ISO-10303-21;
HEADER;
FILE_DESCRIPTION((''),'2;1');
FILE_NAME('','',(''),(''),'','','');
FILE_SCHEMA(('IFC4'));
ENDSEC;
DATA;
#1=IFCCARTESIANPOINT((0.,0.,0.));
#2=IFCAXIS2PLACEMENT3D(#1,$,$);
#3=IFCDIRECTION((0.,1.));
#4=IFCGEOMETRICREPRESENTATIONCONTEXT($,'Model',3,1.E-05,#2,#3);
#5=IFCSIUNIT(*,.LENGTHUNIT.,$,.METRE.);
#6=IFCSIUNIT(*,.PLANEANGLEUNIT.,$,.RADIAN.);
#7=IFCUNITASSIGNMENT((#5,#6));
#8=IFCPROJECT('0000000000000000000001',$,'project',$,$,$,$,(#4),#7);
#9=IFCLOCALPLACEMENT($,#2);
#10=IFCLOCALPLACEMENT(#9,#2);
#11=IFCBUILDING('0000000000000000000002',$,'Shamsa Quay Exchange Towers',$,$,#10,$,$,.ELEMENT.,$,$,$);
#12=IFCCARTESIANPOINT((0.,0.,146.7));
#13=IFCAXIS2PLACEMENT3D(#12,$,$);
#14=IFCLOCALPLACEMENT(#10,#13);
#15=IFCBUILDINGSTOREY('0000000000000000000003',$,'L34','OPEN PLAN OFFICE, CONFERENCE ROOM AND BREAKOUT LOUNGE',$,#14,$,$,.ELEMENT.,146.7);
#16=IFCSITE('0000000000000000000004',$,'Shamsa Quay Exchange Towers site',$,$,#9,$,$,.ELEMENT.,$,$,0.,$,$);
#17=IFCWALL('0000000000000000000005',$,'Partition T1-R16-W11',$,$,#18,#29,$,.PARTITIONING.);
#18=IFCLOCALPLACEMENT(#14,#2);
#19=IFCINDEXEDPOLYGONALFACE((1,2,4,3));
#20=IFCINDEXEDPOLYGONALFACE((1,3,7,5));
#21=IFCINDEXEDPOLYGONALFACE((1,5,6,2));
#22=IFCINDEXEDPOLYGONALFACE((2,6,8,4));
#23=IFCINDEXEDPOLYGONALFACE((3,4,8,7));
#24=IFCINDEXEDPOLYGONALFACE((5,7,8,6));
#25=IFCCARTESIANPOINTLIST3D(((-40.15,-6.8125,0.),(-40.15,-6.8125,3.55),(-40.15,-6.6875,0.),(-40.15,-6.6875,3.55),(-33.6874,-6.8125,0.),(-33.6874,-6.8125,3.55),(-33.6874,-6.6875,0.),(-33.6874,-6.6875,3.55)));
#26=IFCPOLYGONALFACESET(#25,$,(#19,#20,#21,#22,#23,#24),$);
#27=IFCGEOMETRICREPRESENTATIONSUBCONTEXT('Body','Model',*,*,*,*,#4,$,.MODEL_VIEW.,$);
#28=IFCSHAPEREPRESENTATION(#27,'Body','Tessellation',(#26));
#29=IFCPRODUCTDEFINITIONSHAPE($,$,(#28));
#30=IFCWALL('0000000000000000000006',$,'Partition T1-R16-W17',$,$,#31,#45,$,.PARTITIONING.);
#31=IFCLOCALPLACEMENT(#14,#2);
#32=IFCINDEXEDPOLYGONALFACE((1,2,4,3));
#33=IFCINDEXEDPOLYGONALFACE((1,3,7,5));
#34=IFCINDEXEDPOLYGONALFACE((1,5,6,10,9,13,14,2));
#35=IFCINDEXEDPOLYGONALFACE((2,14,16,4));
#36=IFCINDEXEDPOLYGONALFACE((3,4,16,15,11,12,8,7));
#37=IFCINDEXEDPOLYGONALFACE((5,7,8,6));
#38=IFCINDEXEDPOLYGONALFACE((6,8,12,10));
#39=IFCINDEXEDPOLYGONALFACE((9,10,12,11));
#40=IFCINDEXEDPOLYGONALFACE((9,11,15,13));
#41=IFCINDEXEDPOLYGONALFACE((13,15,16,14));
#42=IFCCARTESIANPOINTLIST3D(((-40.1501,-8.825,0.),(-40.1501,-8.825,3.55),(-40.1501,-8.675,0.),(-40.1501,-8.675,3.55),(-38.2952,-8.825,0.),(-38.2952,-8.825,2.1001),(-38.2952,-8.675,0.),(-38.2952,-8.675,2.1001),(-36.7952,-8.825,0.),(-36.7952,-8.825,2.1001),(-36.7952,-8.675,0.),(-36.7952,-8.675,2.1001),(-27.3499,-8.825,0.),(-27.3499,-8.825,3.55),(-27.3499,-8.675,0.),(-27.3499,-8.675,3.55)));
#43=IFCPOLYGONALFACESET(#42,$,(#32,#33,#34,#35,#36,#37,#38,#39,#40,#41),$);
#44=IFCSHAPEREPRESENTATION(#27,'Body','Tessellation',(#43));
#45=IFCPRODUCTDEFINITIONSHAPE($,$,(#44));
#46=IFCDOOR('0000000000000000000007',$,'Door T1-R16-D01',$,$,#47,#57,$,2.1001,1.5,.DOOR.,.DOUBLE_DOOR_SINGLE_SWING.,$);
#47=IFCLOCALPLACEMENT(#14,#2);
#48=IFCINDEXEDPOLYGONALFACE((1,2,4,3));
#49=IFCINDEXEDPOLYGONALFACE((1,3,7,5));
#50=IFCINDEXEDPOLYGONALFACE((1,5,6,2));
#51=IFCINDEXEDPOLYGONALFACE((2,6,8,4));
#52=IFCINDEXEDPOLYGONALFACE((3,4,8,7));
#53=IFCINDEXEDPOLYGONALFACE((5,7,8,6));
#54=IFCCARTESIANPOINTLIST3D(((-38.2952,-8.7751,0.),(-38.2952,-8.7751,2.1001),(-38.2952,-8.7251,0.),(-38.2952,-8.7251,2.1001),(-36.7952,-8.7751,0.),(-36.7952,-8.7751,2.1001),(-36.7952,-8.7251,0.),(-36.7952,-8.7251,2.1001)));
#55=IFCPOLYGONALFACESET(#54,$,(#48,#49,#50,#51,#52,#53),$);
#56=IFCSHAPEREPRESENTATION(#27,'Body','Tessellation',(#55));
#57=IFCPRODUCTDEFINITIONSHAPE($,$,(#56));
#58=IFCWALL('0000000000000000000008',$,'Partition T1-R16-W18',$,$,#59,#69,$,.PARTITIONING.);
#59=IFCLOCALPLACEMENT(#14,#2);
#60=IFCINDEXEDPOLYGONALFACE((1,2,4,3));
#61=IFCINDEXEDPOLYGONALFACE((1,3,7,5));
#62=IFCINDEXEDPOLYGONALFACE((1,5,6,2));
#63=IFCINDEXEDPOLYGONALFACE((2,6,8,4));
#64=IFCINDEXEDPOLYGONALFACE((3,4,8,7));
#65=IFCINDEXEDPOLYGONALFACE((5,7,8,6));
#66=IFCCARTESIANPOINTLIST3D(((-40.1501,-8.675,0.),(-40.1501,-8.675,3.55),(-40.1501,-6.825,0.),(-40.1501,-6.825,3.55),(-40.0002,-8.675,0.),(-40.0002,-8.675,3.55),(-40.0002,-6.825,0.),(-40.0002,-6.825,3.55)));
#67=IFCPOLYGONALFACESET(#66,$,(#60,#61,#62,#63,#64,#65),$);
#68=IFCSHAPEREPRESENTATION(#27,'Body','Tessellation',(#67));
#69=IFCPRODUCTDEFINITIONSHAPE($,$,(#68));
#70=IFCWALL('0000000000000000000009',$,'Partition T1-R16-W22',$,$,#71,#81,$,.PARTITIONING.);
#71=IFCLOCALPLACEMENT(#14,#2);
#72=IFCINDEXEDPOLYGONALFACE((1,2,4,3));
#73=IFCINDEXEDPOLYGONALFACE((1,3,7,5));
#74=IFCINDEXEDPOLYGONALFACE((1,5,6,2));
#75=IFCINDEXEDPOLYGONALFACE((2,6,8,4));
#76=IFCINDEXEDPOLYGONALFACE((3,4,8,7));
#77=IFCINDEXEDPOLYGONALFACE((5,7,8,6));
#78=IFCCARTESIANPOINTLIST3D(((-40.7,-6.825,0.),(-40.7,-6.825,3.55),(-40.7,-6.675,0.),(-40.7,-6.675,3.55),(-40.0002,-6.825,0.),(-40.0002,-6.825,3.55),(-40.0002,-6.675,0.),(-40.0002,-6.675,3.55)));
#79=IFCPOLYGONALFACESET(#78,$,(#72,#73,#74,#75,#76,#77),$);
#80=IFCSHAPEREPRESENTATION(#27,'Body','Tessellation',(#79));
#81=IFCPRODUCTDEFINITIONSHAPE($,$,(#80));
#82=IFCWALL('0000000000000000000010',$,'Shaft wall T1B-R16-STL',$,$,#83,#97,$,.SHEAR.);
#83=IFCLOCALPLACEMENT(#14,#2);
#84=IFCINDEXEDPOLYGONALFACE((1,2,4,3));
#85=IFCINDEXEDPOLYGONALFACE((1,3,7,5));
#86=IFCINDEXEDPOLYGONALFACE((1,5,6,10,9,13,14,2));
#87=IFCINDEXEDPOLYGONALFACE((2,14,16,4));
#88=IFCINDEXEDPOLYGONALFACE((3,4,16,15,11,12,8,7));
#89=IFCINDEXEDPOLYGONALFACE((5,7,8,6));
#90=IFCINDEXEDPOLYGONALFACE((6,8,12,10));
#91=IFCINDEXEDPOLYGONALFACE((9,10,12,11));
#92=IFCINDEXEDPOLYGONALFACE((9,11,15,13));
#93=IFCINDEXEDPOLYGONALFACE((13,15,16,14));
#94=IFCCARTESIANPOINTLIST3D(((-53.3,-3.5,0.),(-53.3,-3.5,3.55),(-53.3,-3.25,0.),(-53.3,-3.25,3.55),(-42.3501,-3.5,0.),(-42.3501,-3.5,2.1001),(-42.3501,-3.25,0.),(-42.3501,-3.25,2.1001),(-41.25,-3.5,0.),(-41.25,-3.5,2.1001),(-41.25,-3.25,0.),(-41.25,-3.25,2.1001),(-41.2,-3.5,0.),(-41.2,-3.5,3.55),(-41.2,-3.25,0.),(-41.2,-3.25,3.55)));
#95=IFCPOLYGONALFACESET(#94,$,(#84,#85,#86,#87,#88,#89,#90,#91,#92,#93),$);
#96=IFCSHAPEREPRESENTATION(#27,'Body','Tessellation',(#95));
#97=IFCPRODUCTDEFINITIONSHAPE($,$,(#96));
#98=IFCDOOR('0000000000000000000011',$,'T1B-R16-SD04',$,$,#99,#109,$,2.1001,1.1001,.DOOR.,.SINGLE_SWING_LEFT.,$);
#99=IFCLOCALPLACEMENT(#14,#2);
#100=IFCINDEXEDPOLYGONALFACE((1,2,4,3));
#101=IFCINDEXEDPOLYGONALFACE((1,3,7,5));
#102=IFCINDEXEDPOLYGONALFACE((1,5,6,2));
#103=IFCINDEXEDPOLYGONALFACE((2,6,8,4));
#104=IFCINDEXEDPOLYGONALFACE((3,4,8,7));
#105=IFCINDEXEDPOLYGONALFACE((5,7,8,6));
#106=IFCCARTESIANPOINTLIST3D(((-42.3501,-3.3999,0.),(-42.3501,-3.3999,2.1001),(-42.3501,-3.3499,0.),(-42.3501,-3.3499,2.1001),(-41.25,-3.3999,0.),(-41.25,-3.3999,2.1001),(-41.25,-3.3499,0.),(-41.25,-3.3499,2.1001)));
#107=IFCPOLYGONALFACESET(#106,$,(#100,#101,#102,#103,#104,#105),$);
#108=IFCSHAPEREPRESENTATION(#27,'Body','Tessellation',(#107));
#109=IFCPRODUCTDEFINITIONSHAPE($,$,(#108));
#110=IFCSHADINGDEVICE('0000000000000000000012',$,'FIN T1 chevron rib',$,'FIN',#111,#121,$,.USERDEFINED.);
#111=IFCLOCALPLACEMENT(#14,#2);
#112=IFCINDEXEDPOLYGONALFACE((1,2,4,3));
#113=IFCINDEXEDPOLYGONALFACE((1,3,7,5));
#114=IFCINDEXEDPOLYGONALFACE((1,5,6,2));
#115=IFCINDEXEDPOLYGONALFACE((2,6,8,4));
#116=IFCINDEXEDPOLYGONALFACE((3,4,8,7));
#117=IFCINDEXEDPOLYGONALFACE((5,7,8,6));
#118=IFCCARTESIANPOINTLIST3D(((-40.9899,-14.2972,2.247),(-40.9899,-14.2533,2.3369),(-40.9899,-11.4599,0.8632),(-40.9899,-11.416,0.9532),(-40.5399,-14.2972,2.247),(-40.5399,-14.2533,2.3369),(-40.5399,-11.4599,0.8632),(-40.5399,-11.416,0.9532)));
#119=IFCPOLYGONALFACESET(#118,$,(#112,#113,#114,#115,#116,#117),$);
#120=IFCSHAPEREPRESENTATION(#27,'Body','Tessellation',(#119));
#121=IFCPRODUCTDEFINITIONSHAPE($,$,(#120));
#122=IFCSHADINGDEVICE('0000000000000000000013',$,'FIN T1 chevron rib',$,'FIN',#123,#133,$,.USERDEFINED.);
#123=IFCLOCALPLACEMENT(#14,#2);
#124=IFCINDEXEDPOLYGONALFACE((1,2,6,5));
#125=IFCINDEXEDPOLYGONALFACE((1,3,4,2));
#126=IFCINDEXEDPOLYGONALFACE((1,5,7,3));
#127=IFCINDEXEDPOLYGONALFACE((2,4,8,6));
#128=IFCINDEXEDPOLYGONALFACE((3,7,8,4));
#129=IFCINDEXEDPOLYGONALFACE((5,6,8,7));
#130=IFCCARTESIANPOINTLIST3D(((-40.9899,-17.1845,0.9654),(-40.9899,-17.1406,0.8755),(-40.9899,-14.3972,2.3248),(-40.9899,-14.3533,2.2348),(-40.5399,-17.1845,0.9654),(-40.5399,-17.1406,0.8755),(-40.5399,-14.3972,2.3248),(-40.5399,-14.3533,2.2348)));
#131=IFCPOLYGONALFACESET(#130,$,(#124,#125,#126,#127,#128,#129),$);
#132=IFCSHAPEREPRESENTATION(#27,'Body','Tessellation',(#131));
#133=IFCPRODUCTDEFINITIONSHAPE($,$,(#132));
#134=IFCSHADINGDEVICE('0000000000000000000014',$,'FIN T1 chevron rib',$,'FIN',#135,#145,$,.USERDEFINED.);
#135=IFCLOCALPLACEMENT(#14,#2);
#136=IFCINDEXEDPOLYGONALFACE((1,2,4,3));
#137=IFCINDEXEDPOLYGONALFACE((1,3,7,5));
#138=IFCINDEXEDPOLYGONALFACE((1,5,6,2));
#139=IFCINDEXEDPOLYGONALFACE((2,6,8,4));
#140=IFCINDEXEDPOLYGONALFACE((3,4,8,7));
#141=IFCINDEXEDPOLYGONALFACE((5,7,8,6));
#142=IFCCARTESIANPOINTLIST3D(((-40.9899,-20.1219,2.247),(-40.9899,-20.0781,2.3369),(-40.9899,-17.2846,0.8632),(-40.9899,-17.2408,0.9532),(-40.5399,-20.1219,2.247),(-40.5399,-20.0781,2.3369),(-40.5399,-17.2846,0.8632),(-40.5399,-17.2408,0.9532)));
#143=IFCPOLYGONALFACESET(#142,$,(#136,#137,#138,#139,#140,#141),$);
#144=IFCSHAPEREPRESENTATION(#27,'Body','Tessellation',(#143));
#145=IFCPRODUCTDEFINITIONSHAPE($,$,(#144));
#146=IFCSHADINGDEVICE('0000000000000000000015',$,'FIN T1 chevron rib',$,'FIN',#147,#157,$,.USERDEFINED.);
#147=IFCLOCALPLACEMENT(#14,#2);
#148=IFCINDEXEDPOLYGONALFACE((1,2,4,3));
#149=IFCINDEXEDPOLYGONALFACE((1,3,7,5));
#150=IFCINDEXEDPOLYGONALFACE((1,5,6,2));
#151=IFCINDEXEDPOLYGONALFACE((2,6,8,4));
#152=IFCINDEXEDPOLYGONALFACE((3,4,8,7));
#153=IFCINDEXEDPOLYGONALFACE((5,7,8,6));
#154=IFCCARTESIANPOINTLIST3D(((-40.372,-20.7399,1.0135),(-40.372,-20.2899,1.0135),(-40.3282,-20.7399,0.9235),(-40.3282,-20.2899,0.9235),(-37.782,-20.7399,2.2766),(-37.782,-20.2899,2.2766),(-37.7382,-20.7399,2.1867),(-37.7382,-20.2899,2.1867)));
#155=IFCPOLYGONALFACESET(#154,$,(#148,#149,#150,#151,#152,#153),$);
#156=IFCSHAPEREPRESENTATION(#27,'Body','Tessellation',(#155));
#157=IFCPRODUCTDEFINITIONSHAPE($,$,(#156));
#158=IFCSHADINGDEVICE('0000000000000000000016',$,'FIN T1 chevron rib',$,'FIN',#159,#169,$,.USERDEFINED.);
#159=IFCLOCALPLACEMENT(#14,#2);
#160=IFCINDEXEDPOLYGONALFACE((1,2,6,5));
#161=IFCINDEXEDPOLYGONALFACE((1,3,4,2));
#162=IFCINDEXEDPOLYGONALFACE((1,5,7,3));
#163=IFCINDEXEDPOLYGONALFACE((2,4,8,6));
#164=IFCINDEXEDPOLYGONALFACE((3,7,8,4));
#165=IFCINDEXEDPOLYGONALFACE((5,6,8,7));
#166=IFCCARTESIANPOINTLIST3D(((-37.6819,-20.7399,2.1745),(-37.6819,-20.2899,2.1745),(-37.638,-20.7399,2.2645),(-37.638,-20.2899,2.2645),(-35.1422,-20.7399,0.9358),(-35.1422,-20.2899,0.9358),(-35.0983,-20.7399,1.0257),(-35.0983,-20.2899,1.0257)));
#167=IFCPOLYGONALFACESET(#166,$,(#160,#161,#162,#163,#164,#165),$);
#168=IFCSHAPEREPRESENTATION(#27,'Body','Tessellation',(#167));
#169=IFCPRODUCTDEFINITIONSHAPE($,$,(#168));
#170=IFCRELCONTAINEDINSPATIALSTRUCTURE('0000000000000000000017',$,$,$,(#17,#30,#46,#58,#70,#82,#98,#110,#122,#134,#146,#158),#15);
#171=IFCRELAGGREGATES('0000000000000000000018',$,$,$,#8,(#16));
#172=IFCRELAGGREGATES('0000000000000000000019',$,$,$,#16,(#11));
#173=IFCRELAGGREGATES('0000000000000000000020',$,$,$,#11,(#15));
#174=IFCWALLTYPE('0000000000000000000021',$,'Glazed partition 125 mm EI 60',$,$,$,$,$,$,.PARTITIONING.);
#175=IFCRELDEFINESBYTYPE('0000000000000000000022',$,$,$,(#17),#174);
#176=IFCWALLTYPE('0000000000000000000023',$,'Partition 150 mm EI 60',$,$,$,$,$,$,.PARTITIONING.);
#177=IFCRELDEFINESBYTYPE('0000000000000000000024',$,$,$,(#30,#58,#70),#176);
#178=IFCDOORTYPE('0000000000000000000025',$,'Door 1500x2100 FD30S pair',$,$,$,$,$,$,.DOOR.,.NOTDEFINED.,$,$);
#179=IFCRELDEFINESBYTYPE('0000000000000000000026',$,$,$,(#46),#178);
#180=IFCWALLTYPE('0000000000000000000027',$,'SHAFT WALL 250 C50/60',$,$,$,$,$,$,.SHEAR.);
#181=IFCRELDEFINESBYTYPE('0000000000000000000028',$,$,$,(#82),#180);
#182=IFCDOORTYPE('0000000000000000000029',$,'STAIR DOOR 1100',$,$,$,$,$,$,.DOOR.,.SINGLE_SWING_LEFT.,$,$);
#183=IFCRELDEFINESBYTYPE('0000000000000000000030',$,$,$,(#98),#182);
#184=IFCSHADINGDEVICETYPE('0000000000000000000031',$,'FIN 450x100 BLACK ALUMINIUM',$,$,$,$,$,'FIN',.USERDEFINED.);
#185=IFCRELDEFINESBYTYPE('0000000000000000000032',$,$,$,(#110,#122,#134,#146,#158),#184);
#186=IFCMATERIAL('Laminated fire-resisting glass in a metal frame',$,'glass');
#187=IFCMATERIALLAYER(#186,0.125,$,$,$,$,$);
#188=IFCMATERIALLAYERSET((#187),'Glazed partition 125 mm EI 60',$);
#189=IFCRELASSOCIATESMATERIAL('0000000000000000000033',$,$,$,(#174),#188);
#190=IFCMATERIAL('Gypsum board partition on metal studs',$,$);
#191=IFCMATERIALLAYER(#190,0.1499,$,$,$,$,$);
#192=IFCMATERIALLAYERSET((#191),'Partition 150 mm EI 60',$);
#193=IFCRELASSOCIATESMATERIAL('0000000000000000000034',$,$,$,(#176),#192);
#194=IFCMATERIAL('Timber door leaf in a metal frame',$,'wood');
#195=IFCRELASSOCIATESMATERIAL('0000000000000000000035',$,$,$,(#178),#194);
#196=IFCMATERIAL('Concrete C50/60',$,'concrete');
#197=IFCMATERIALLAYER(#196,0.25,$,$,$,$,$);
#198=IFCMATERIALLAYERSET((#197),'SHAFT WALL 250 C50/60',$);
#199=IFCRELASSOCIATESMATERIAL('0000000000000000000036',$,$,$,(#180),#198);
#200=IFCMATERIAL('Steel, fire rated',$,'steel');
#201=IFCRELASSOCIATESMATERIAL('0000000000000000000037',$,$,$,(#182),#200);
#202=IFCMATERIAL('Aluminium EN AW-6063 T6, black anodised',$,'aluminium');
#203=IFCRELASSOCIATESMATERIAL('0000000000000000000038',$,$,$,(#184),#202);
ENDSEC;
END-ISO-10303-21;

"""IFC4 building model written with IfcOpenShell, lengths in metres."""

from ifc_helpers import new_model, si_unit, direction, frame, frame_2d, origin, origin_2d, place, context, subcontext, project, spatial, rectangle, extrude, material, layer, layer_set, material_profile, profile_set, type_object, element, fill, save


model = new_model("IFC4")

# Units and contexts
model_context = context("Model", 3, precision=1e-05, world=origin(), true_north=direction((0.0, 1.0)))
body_context = subcontext(model_context, "Body", "Model", "MODEL_VIEW")
ifc_project = project(units=[si_unit("LENGTHUNIT", "METRE"), si_unit("PLANEANGLEUNIT", "RADIAN")], contexts=[model_context])

# Site, building, storey
site_placement = place(None, origin())
site = spatial("IfcSite", under=ifc_project, at=site_placement, Name="Shamsa Quay Exchange Towers site", CompositionType="ELEMENT", RefElevation=0.0)
building_placement = place(site_placement, origin())
building = spatial("IfcBuilding", under=site, at=building_placement, Name="Shamsa Quay Exchange Towers", CompositionType="ELEMENT")
storey_placement = place(building_placement, frame((0.0, 0.0, 146.7)))
storey = spatial("IfcBuildingStorey", under=building, at=storey_placement, Name="L34", Description="OPEN PLAN OFFICE, CONFERENCE ROOM AND BREAKOUT LOUNGE", CompositionType="ELEMENT", Elevation=146.7)

# Shared definitions
ifc_material_1 = material(Name="Aluminium EN AW-6063 T6, black anodised", Category="aluminium")

# Shared definitions
ifc_material_2 = material(Name="Steel, fire rated", Category="steel")
ifc_material_3 = material(Name="Laminated fire-resisting glass in a metal frame", Category="glass")
ifc_layer_1 = layer(ifc_material_3, 0.125)
ifc_layer_set_1 = layer_set([ifc_layer_1], Name="Glazed partition 125 mm EI 60")
wall_type_1 = type_object("IfcWallType", Name="Glazed partition 125 mm EI 60", PredefinedType="PARTITIONING", material=ifc_layer_set_1)
ifc_material_4 = material(Name="Timber door leaf in a metal frame", Category="wood")

# Wall
wall_1_placement = place(storey_placement, frame((-40.1501, -6.75, 0.0)))
element("IfcWall", 1, at=wall_1_placement, inside=storey, type_object=wall_type_1, Name="Partition T1-R16-W11", PredefinedType="PARTITIONING", context=body_context, shape_type="SweptSolid", body=[
    extrude(rectangle(XDim=6.4626, YDim=0.125, at=frame_2d((3.2314, 0.0))), origin(), (0.0, 0.0, 1.0), 3.55),
])

# Wall, opening, door
ifc_material_5 = material(Name="Gypsum board partition on metal studs")
ifc_layer_2 = layer(ifc_material_5, 0.1499)
ifc_layer_set_2 = layer_set([ifc_layer_2], Name="Partition 150 mm EI 60")
wall_type_2 = type_object("IfcWallType", Name="Partition 150 mm EI 60", PredefinedType="PARTITIONING", material=ifc_layer_set_2)
wall_2_placement = place(storey_placement, frame((-40.1501, -8.75, 0.0)))
wall_2 = element("IfcWall", 2, at=wall_2_placement, inside=storey, type_object=wall_type_2, Name="Partition T1-R16-W17", PredefinedType="PARTITIONING", context=body_context, shape_type="SweptSolid", body=[
    extrude(rectangle(XDim=12.8003, YDim=0.1499, at=frame_2d((6.4001, 0.0))), origin(), (0.0, 0.0, 1.0), 3.55),
])
opening_1_placement = place(wall_2_placement, frame((1.855, 0.0, 0.0)))
opening_1 = element("IfcOpeningElement", 3, at=opening_1_placement, cuts=wall_2, PredefinedType="OPENING", context=body_context, shape_type="SweptSolid", body=[
    extrude(rectangle(XDim=1.5, YDim=2.1001, at=frame_2d((0.75, 1.05))), frame((0.0, 0.085, 0.0), z_axis=(0.0, -1.0, 0.0), x_axis=(1.0, 0.0, 0.0)), (0.0, 0.0, 1.0), 0.1699),
])
door_type_1 = type_object("IfcDoorType", Name="Door 1500x2100 FD30S pair", OperationType="NOTDEFINED", PredefinedType="DOOR", material=ifc_material_4)
door_1_placement = place(opening_1_placement, origin())
door_1 = element("IfcDoor", 4, at=door_1_placement, inside=storey, type_object=door_type_1, Name="Door T1-R16-D01", OperationType="DOUBLE_DOOR_SINGLE_SWING", OverallHeight=2.1001, OverallWidth=1.5, PredefinedType="DOOR", context=body_context, shape_type="SweptSolid", body=[
    extrude(rectangle(XDim=1.5, YDim=2.1001, at=frame_2d((0.75, 1.05))), frame((0.0, 0.0249, 0.0), z_axis=(0.0, -1.0, 0.0), x_axis=(1.0, 0.0, 0.0)), (0.0, 0.0, 1.0), 0.05),
])
fill(opening_1, door_1)

# Walls
wall_3_placement = place(storey_placement, frame((-40.0752, -6.825, 0.0), z_axis=(0.0, 0.0, 1.0), x_axis=(0.0, -1.0, 0.0)))
element("IfcWall", 5, at=wall_3_placement, inside=storey, type_object=wall_type_2, Name="Partition T1-R16-W18", PredefinedType="PARTITIONING", context=body_context, shape_type="SweptSolid", body=[
    extrude(rectangle(XDim=1.8501, YDim=0.1499, at=frame_2d((0.925, 0.0))), origin(), (0.0, 0.0, 1.0), 3.55),
])
wall_4_placement = place(storey_placement, frame((-40.7, -6.75, 0.0)))
element("IfcWall", 6, at=wall_4_placement, inside=storey, type_object=wall_type_2, Name="Partition T1-R16-W22", PredefinedType="PARTITIONING", context=body_context, shape_type="SweptSolid", body=[
    extrude(rectangle(XDim=0.6997, YDim=0.1499, at=frame_2d((0.3499, 0.0))), origin(), (0.0, 0.0, 1.0), 3.55),
])

# Wall, opening, door
ifc_material_6 = material(Name="Concrete C50/60", Category="concrete")
ifc_layer_3 = layer(ifc_material_6, 0.25)
ifc_layer_set_3 = layer_set([ifc_layer_3], Name="SHAFT WALL 250 C50/60")
wall_type_3 = type_object("IfcWallType", Name="SHAFT WALL 250 C50/60", PredefinedType="SHEAR", material=ifc_layer_set_3)
wall_5_placement = place(storey_placement, frame((-41.2, -3.375, 0.0), z_axis=(0.0, 0.0, 1.0), x_axis=(-1.0, 0.0, 0.0)))
wall_5 = element("IfcWall", 7, at=wall_5_placement, inside=storey, type_object=wall_type_3, Name="Shaft wall T1B-R16-STL", PredefinedType="SHEAR", context=body_context, shape_type="SweptSolid", body=[
    extrude(rectangle(XDim=12.1001, YDim=0.25, at=frame_2d((6.05, 0.0))), origin(), (0.0, 0.0, 1.0), 3.55),
])
opening_2_placement = place(wall_5_placement, frame((0.05, 0.0, 0.0)))
opening_2 = element("IfcOpeningElement", 8, at=opening_2_placement, cuts=wall_5, PredefinedType="OPENING", context=body_context, shape_type="SweptSolid", body=[
    extrude(rectangle(XDim=1.1001, YDim=2.1001, at=frame_2d((0.55, 1.05))), frame((0.0, 0.135, 0.0), z_axis=(0.0, -1.0, 0.0), x_axis=(1.0, 0.0, 0.0)), (0.0, 0.0, 1.0), 0.27),
])
door_type_2 = type_object("IfcDoorType", Name="STAIR DOOR 1100", OperationType="SINGLE_SWING_LEFT", PredefinedType="DOOR", material=ifc_material_2)
door_2_placement = place(opening_2_placement, origin())
door_2 = element("IfcDoor", 9, at=door_2_placement, inside=storey, type_object=door_type_2, Name="T1B-R16-SD04", OperationType="SINGLE_SWING_LEFT", OverallHeight=2.1001, OverallWidth=1.1001, PredefinedType="DOOR", context=body_context, shape_type="SweptSolid", body=[
    extrude(rectangle(XDim=1.1001, YDim=2.1001, at=frame_2d((0.55, 1.05))), frame((0.0, 0.0249, 0.0), z_axis=(0.0, -1.0, 0.0), x_axis=(1.0, 0.0, 0.0)), (0.0, 0.0, 1.0), 0.05),
])
fill(opening_2, door_2)

# Shading devices
ifc_material_profile_1 = material_profile(ifc_material_1, rectangle(XDim=0.45, YDim=0.1001, at=origin_2d()), Name="FIN450x100")
ifc_profile_set_1 = profile_set([ifc_material_profile_1], Name="Aluminium EN AW-6063 T6, black anodised")
shading_device_type = type_object("IfcShadingDeviceType", Name="FIN 450x100 BLACK ALUMINIUM", ElementType="FIN", PredefinedType="USERDEFINED", material=ifc_profile_set_1)
shading_device_1_placement = place(storey_placement, frame((-40.7649, -11.438, 0.9082), z_axis=(0.0, -0.898807, 0.438344), x_axis=(1.0, 0.0, 0.0)))
element("IfcShadingDevice", 10, at=shading_device_1_placement, inside=storey, type_object=shading_device_type, Name="FIN T1 chevron rib", ObjectType="FIN", PredefinedType="USERDEFINED", context=body_context, shape_type="SweptSolid", body=[
    extrude(rectangle(XDim=0.45, YDim=0.1001, at=origin_2d()), origin(), (0.0, 0.0, 1.0), 3.1567),
])
shading_device_2_placement = place(storey_placement, frame((-40.7649, -14.3752, 2.2798), z_axis=(0.0, -0.898808, -0.438343), x_axis=(1.0, 0.0, 0.0)))
element("IfcShadingDevice", 11, at=shading_device_2_placement, inside=storey, type_object=shading_device_type, Name="FIN T1 chevron rib", ObjectType="FIN", PredefinedType="USERDEFINED", context=body_context, shape_type="SweptSolid", body=[
    extrude(rectangle(XDim=0.45, YDim=0.1001, at=origin_2d()), origin(), (0.0, 0.0, 1.0), 3.1011),
])
shading_device_3_placement = place(storey_placement, frame((-40.7649, -17.2627, 0.9082), z_axis=(0.0, -0.898807, 0.438344), x_axis=(1.0, 0.0, 0.0)))
element("IfcShadingDevice", 12, at=shading_device_3_placement, inside=storey, type_object=shading_device_type, Name="FIN T1 chevron rib", ObjectType="FIN", PredefinedType="USERDEFINED", context=body_context, shape_type="SweptSolid", body=[
    extrude(rectangle(XDim=0.45, YDim=0.1001, at=origin_2d()), origin(), (0.0, 0.0, 1.0), 3.1567),
])
shading_device_4_placement = place(storey_placement, frame((-40.3501, -20.5149, 0.9685), z_axis=(0.898806, 0.0, 0.438347), x_axis=(0.0, 1.0, 0.0)))
element("IfcShadingDevice", 13, at=shading_device_4_placement, inside=storey, type_object=shading_device_type, Name="FIN T1 chevron rib", ObjectType="FIN", PredefinedType="USERDEFINED", context=body_context, shape_type="SweptSolid", body=[
    extrude(rectangle(XDim=0.45, YDim=0.1001, at=origin_2d()), origin(), (0.0, 0.0, 1.0), 2.8816),
])
shading_device_5_placement = place(storey_placement, frame((-37.6599, -20.5149, 2.2195), z_axis=(0.89879, 0.0, -0.438379), x_axis=(0.0, 1.0, 0.0)))
element("IfcShadingDevice", 14, at=shading_device_5_placement, inside=storey, type_object=shading_device_type, Name="FIN T1 chevron rib", ObjectType="FIN", PredefinedType="USERDEFINED", context=body_context, shape_type="SweptSolid", body=[
    extrude(rectangle(XDim=0.45, YDim=0.1001, at=origin_2d()), origin(), (0.0, 0.0, 1.0), 2.8257),
])

save(model, "model.ifc")
